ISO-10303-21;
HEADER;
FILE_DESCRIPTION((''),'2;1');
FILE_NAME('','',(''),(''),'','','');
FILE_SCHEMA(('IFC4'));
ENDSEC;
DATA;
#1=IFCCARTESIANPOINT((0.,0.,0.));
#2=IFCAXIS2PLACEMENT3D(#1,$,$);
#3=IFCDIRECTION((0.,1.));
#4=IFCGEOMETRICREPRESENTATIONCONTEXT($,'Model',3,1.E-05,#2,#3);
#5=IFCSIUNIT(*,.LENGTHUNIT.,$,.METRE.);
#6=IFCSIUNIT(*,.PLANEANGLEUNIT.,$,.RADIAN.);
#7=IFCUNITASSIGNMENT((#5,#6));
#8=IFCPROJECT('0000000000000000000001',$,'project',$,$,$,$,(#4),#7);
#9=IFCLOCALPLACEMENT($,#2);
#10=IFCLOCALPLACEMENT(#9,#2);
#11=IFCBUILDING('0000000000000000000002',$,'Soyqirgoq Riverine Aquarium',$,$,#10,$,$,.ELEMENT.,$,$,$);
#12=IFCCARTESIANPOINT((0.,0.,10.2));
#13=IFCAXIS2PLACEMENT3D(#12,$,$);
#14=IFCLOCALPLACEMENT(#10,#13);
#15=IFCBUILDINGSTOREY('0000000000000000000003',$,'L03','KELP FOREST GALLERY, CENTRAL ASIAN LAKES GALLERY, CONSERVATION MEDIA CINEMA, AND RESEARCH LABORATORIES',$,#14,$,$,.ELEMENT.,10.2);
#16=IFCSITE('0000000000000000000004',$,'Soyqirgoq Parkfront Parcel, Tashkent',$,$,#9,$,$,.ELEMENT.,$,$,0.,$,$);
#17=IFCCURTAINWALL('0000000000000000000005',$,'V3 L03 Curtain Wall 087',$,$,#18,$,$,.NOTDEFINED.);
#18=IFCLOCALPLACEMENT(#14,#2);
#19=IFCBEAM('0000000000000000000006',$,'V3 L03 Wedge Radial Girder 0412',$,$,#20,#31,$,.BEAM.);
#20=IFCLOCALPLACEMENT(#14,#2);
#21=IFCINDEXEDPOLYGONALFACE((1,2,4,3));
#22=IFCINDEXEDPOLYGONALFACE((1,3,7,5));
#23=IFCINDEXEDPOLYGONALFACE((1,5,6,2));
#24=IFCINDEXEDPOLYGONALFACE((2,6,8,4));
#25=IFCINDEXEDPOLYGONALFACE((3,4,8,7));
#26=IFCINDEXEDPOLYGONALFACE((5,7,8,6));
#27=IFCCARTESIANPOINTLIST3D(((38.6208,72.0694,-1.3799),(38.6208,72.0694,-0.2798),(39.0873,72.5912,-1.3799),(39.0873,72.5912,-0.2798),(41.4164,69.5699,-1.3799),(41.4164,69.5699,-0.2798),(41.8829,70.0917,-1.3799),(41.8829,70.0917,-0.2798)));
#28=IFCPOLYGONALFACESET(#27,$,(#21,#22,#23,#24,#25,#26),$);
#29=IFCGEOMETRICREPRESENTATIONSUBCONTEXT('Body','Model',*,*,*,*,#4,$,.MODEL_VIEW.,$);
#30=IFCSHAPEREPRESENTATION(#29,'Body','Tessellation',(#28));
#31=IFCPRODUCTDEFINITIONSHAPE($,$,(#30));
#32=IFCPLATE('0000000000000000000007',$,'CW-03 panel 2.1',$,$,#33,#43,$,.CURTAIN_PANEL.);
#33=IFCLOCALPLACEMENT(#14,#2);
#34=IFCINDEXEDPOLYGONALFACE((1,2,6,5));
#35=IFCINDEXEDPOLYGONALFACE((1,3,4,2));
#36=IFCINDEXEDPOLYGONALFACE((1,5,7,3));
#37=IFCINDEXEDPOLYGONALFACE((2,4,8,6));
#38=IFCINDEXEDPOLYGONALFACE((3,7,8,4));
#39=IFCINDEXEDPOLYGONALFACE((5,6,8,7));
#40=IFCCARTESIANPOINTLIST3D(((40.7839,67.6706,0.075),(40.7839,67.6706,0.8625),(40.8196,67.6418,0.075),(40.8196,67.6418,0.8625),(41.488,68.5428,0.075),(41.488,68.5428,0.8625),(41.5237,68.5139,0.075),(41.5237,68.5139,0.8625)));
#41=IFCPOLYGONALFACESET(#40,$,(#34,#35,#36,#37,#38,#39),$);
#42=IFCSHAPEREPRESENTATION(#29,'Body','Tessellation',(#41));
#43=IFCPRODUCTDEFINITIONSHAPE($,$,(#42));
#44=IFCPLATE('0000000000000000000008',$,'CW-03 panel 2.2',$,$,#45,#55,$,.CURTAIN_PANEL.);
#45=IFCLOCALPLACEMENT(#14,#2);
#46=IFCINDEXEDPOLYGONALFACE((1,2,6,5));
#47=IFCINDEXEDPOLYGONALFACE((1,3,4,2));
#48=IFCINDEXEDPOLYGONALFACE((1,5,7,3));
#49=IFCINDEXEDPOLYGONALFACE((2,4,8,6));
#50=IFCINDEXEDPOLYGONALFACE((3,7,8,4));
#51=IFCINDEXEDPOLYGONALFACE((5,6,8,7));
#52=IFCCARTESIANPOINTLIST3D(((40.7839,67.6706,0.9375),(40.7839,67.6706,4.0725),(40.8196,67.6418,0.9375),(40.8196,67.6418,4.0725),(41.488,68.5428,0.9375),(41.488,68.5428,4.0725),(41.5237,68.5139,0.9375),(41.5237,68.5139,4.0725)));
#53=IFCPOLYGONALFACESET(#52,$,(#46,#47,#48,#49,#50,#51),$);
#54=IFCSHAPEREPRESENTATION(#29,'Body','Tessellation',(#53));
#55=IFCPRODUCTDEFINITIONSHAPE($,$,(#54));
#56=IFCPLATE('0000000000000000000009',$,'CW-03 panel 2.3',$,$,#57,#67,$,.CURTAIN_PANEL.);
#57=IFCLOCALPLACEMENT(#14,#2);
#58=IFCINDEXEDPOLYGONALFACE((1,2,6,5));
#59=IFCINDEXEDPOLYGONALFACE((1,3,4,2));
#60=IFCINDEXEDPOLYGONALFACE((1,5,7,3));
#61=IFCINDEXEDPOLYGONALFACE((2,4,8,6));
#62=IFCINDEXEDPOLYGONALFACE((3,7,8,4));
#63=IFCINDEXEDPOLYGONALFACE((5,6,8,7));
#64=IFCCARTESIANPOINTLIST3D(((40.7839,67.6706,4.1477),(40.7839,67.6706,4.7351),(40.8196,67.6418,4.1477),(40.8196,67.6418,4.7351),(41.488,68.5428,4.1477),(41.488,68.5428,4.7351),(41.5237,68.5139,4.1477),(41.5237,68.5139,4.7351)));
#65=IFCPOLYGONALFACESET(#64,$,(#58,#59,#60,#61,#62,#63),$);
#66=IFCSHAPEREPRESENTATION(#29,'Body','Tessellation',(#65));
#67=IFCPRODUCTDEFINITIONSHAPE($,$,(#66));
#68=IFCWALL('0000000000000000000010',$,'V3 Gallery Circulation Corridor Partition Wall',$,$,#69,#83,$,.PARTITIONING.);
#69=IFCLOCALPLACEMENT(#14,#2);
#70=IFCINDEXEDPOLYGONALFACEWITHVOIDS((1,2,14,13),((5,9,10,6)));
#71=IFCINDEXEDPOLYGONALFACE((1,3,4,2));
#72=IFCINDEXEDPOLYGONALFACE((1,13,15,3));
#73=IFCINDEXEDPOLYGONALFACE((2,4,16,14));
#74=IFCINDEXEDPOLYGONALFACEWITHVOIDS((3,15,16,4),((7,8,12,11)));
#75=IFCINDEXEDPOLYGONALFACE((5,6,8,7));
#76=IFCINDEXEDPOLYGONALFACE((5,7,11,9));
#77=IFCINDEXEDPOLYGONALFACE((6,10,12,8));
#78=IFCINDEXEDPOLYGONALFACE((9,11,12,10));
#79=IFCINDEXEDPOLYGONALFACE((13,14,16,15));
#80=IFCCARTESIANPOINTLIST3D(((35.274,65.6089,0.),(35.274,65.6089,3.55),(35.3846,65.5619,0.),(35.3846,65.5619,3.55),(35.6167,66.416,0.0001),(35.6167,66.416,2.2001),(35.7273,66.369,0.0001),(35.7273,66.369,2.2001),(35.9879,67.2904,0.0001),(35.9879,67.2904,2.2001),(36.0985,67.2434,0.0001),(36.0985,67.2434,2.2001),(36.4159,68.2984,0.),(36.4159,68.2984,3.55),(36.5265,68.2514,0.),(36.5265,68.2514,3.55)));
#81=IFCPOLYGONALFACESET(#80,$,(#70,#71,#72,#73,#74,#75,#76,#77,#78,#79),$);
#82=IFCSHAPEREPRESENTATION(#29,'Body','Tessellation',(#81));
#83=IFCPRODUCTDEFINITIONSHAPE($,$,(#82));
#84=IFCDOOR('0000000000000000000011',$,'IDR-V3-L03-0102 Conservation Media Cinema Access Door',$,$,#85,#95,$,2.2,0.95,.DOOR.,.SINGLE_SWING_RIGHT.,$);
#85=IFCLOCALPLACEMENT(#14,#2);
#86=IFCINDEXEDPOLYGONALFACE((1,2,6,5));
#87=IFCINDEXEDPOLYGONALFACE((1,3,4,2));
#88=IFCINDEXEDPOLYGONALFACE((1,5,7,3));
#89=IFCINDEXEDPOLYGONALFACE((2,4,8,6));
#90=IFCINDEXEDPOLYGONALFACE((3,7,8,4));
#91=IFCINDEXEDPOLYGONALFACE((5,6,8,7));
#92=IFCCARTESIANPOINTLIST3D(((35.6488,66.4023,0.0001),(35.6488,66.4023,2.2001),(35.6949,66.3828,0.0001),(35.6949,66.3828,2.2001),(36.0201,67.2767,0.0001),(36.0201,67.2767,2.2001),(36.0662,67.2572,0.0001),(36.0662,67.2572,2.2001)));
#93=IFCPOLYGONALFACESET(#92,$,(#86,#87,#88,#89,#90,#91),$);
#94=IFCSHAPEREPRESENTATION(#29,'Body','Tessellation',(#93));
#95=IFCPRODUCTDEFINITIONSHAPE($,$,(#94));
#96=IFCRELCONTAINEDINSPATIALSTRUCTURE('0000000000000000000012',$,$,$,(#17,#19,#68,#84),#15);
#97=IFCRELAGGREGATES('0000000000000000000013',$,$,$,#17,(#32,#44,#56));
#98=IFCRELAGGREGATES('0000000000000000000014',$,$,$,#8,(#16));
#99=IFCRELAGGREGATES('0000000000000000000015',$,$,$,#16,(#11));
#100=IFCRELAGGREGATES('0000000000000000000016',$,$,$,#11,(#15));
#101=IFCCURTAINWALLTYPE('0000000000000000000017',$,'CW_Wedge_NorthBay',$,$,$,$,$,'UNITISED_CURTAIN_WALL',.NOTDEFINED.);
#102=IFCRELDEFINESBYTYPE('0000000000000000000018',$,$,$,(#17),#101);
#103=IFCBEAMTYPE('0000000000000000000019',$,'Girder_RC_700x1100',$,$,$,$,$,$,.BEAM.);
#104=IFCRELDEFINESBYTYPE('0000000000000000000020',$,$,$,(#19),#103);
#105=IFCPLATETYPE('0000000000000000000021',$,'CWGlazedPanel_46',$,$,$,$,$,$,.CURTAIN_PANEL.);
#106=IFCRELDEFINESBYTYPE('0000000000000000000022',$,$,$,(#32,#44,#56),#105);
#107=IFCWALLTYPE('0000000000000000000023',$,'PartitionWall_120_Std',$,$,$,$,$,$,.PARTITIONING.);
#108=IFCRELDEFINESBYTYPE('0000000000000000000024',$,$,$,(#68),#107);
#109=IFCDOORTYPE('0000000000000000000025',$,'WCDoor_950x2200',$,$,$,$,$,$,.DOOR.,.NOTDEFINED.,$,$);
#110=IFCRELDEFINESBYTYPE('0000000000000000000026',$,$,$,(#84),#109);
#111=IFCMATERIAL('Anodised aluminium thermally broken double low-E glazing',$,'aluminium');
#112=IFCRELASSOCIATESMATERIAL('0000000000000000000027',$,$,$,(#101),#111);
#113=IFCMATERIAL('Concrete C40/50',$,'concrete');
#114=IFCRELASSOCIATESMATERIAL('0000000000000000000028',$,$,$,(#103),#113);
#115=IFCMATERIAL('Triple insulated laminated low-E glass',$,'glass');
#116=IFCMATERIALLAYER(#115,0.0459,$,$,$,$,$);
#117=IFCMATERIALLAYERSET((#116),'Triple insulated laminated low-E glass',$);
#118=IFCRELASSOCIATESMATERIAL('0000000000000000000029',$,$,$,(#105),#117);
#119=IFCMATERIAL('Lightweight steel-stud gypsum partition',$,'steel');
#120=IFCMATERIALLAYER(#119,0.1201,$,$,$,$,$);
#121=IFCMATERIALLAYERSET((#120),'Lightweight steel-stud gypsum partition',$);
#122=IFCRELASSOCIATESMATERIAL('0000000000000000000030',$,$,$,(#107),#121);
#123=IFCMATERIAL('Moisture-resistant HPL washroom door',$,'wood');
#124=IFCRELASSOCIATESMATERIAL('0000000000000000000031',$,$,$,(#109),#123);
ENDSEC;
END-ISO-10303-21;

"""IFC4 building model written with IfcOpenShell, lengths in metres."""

from ifc_helpers import new_model, si_unit, direction, frame, frame_2d, origin, origin_2d, place, context, subcontext, project, spatial, rectangle, extrude, material, layer, layer_set, material_profile, profile_set, type_object, element, fill, aggregate, save


model = new_model("IFC4")

# Units and contexts
model_context = context("Model", 3, precision=1e-05, world=origin(), true_north=direction((0.0, 1.0)))
body_context = subcontext(model_context, "Body", "Model", "MODEL_VIEW")
ifc_project = project(units=[si_unit("LENGTHUNIT", "METRE"), si_unit("PLANEANGLEUNIT", "RADIAN")], contexts=[model_context])

# Site, building, storey
site_placement = place(None, origin())
site = spatial("IfcSite", under=ifc_project, at=site_placement, Name="Soyqirgoq Parkfront Parcel, Tashkent", CompositionType="ELEMENT", RefElevation=0.0)
building_placement = place(site_placement, origin())
building = spatial("IfcBuilding", under=site, at=building_placement, Name="Soyqirgoq Riverine Aquarium", CompositionType="ELEMENT")
storey_placement = place(building_placement, frame((0.0, 0.0, 10.2)))
storey = spatial("IfcBuildingStorey", under=building, at=storey_placement, Name="L03", Description="KELP FOREST GALLERY, CENTRAL ASIAN LAKES GALLERY, CONSERVATION MEDIA CINEMA, AND RESEARCH LABORATORIES", CompositionType="ELEMENT", Elevation=10.2)

# Shared definitions
ifc_material_1 = material(Name="Anodised aluminium thermally broken double low-E glazing", Category="aluminium")
curtain_wall_type = type_object("IfcCurtainWallType", Name="CW_Wedge_NorthBay", ElementType="UNITISED_CURTAIN_WALL", PredefinedType="NOTDEFINED", material=ifc_material_1)

# Curtain wall
curtain_wall_1_placement = place(storey_placement, origin())
curtain_wall_1 = element("IfcCurtainWall", 1, at=curtain_wall_1_placement, inside=storey, type_object=curtain_wall_type, Name="V3 L03 Curtain Wall 087", PredefinedType="NOTDEFINED")

# Beam
ifc_material_2 = material(Name="Concrete C40/50", Category="concrete")
ifc_material_profile_1 = material_profile(ifc_material_2, rectangle(XDim=0.7, YDim=1.1001, at=origin_2d()), Name="RC 700x1100")
ifc_profile_set_1 = profile_set([ifc_material_profile_1], Name="Concrete C40/50")
beam_type_1 = type_object("IfcBeamType", Name="Girder_RC_700x1100", PredefinedType="BEAM", material=ifc_profile_set_1)
beam_1_placement = place(storey_placement, frame((41.6497, 69.8308, -0.8298), z_axis=(-0.745488, 0.666519, 0.0), x_axis=(-0.666519, -0.745488, 0.0)))
element("IfcBeam", 2, at=beam_1_placement, inside=storey, type_object=beam_type_1, Name="V3 L03 Wedge Radial Girder 0412", PredefinedType="BEAM", context=body_context, shape_type="SweptSolid", body=[
    extrude(rectangle(XDim=0.7, YDim=1.1001, at=origin_2d()), origin(), (0.0, 0.0, 1.0), 3.75),
])

# Plates
ifc_material_3 = material(Name="Triple insulated laminated low-E glass", Category="glass")
ifc_layer_1 = layer(ifc_material_3, 0.0459)
ifc_layer_set_1 = layer_set([ifc_layer_1], Name="Triple insulated laminated low-E glass")
plate_type = type_object("IfcPlateType", Name="CWGlazedPanel_46", PredefinedType="CURTAIN_PANEL", material=ifc_layer_set_1)
plate_1_placement = place(storey_placement, frame((41.1538, 68.0923, 0.075), z_axis=(0.0, 0.0, 1.0), x_axis=(-0.628153, -0.77809, 0.0)))
plate_1 = element("IfcPlate", 3, at=plate_1_placement, type_object=plate_type, Name="CW-03 panel 2.1", PredefinedType="CURTAIN_PANEL", context=body_context, shape_type="SweptSolid", body=[
    extrude(rectangle(XDim=1.1208, YDim=0.0459, at=origin_2d()), origin(), (0.0, 0.0, 1.0), 0.7876),
])
plate_2_placement = place(storey_placement, frame((41.1538, 68.0923, 0.9375), z_axis=(0.0, 0.0, 1.0), x_axis=(-0.628153, -0.77809, 0.0)))
plate_2 = element("IfcPlate", 4, at=plate_2_placement, type_object=plate_type, Name="CW-03 panel 2.2", PredefinedType="CURTAIN_PANEL", context=body_context, shape_type="SweptSolid", body=[
    extrude(rectangle(XDim=1.1208, YDim=0.0459, at=origin_2d()), origin(), (0.0, 0.0, 1.0), 3.135),
])
plate_3_placement = place(storey_placement, frame((41.1538, 68.0923, 4.1477), z_axis=(0.0, 0.0, 1.0), x_axis=(-0.628153, -0.77809, 0.0)))
plate_3 = element("IfcPlate", 5, at=plate_3_placement, type_object=plate_type, Name="CW-03 panel 2.3", PredefinedType="CURTAIN_PANEL", context=body_context, shape_type="SweptSolid", body=[
    extrude(rectangle(XDim=1.1208, YDim=0.0459, at=origin_2d()), origin(), (0.0, 0.0, 1.0), 0.5874),
])
aggregate(curtain_wall_1, [plate_1, plate_2, plate_3])

# Wall, opening, door
ifc_material_4 = material(Name="Lightweight steel-stud gypsum partition", Category="steel")
ifc_layer_2 = layer(ifc_material_4, 0.1201)
ifc_layer_set_2 = layer_set([ifc_layer_2], Name="Lightweight steel-stud gypsum partition")
wall_type = type_object("IfcWallType", Name="PartitionWall_120_Std", PredefinedType="PARTITIONING", material=ifc_layer_set_2)
wall_placement = place(storey_placement, frame((36.4712, 68.2749, 0.0), z_axis=(0.0, 0.0, 1.0), x_axis=(-0.390801, -0.920475, 0.0)))
wall = element("IfcWall", 6, at=wall_placement, inside=storey, type_object=wall_type, Name="V3 Gallery Circulation Corridor Partition Wall", PredefinedType="PARTITIONING", context=body_context, shape_type="SweptSolid", body=[
    extrude(rectangle(XDim=2.9219, YDim=0.1201, at=frame_2d((1.4609, 0.0))), origin(), (0.0, 0.0, 1.0), 3.55),
])
opening_placement = place(wall_placement, frame((1.095, 0.0, 0.0)))
opening = element("IfcOpeningElement", 7, at=opening_placement, cuts=wall, PredefinedType="OPENING", context=body_context, shape_type="SweptSolid", body=[
    extrude(rectangle(XDim=0.95, YDim=2.2, at=frame_2d((0.4751, 1.1001))), frame((0.0, 0.0701, 0.0), z_axis=(0.0, -1.0, 0.0), x_axis=(1.0, 0.0, 0.0)), (0.0, 0.0, 1.0), 0.1401),
])
ifc_material_5 = material(Name="Moisture-resistant HPL washroom door", Category="wood")
door_type = type_object("IfcDoorType", Name="WCDoor_950x2200", OperationType="NOTDEFINED", PredefinedType="DOOR", material=ifc_material_5)
door_placement = place(opening_placement, origin())
door = element("IfcDoor", 8, at=door_placement, inside=storey, type_object=door_type, Name="IDR-V3-L03-0102 Conservation Media Cinema Access Door", OperationType="SINGLE_SWING_RIGHT", OverallHeight=2.2, OverallWidth=0.95, PredefinedType="DOOR", context=body_context, shape_type="SweptSolid", body=[
    extrude(rectangle(XDim=0.95, YDim=2.2, at=frame_2d((0.4751, 1.1001))), frame((0.0, 0.0249, 0.0), z_axis=(0.0, -1.0, 0.0), x_axis=(1.0, 0.0, 0.0)), (0.0, 0.0, 1.0), 0.05),
])
fill(opening, door)

save(model, "model.ifc")
